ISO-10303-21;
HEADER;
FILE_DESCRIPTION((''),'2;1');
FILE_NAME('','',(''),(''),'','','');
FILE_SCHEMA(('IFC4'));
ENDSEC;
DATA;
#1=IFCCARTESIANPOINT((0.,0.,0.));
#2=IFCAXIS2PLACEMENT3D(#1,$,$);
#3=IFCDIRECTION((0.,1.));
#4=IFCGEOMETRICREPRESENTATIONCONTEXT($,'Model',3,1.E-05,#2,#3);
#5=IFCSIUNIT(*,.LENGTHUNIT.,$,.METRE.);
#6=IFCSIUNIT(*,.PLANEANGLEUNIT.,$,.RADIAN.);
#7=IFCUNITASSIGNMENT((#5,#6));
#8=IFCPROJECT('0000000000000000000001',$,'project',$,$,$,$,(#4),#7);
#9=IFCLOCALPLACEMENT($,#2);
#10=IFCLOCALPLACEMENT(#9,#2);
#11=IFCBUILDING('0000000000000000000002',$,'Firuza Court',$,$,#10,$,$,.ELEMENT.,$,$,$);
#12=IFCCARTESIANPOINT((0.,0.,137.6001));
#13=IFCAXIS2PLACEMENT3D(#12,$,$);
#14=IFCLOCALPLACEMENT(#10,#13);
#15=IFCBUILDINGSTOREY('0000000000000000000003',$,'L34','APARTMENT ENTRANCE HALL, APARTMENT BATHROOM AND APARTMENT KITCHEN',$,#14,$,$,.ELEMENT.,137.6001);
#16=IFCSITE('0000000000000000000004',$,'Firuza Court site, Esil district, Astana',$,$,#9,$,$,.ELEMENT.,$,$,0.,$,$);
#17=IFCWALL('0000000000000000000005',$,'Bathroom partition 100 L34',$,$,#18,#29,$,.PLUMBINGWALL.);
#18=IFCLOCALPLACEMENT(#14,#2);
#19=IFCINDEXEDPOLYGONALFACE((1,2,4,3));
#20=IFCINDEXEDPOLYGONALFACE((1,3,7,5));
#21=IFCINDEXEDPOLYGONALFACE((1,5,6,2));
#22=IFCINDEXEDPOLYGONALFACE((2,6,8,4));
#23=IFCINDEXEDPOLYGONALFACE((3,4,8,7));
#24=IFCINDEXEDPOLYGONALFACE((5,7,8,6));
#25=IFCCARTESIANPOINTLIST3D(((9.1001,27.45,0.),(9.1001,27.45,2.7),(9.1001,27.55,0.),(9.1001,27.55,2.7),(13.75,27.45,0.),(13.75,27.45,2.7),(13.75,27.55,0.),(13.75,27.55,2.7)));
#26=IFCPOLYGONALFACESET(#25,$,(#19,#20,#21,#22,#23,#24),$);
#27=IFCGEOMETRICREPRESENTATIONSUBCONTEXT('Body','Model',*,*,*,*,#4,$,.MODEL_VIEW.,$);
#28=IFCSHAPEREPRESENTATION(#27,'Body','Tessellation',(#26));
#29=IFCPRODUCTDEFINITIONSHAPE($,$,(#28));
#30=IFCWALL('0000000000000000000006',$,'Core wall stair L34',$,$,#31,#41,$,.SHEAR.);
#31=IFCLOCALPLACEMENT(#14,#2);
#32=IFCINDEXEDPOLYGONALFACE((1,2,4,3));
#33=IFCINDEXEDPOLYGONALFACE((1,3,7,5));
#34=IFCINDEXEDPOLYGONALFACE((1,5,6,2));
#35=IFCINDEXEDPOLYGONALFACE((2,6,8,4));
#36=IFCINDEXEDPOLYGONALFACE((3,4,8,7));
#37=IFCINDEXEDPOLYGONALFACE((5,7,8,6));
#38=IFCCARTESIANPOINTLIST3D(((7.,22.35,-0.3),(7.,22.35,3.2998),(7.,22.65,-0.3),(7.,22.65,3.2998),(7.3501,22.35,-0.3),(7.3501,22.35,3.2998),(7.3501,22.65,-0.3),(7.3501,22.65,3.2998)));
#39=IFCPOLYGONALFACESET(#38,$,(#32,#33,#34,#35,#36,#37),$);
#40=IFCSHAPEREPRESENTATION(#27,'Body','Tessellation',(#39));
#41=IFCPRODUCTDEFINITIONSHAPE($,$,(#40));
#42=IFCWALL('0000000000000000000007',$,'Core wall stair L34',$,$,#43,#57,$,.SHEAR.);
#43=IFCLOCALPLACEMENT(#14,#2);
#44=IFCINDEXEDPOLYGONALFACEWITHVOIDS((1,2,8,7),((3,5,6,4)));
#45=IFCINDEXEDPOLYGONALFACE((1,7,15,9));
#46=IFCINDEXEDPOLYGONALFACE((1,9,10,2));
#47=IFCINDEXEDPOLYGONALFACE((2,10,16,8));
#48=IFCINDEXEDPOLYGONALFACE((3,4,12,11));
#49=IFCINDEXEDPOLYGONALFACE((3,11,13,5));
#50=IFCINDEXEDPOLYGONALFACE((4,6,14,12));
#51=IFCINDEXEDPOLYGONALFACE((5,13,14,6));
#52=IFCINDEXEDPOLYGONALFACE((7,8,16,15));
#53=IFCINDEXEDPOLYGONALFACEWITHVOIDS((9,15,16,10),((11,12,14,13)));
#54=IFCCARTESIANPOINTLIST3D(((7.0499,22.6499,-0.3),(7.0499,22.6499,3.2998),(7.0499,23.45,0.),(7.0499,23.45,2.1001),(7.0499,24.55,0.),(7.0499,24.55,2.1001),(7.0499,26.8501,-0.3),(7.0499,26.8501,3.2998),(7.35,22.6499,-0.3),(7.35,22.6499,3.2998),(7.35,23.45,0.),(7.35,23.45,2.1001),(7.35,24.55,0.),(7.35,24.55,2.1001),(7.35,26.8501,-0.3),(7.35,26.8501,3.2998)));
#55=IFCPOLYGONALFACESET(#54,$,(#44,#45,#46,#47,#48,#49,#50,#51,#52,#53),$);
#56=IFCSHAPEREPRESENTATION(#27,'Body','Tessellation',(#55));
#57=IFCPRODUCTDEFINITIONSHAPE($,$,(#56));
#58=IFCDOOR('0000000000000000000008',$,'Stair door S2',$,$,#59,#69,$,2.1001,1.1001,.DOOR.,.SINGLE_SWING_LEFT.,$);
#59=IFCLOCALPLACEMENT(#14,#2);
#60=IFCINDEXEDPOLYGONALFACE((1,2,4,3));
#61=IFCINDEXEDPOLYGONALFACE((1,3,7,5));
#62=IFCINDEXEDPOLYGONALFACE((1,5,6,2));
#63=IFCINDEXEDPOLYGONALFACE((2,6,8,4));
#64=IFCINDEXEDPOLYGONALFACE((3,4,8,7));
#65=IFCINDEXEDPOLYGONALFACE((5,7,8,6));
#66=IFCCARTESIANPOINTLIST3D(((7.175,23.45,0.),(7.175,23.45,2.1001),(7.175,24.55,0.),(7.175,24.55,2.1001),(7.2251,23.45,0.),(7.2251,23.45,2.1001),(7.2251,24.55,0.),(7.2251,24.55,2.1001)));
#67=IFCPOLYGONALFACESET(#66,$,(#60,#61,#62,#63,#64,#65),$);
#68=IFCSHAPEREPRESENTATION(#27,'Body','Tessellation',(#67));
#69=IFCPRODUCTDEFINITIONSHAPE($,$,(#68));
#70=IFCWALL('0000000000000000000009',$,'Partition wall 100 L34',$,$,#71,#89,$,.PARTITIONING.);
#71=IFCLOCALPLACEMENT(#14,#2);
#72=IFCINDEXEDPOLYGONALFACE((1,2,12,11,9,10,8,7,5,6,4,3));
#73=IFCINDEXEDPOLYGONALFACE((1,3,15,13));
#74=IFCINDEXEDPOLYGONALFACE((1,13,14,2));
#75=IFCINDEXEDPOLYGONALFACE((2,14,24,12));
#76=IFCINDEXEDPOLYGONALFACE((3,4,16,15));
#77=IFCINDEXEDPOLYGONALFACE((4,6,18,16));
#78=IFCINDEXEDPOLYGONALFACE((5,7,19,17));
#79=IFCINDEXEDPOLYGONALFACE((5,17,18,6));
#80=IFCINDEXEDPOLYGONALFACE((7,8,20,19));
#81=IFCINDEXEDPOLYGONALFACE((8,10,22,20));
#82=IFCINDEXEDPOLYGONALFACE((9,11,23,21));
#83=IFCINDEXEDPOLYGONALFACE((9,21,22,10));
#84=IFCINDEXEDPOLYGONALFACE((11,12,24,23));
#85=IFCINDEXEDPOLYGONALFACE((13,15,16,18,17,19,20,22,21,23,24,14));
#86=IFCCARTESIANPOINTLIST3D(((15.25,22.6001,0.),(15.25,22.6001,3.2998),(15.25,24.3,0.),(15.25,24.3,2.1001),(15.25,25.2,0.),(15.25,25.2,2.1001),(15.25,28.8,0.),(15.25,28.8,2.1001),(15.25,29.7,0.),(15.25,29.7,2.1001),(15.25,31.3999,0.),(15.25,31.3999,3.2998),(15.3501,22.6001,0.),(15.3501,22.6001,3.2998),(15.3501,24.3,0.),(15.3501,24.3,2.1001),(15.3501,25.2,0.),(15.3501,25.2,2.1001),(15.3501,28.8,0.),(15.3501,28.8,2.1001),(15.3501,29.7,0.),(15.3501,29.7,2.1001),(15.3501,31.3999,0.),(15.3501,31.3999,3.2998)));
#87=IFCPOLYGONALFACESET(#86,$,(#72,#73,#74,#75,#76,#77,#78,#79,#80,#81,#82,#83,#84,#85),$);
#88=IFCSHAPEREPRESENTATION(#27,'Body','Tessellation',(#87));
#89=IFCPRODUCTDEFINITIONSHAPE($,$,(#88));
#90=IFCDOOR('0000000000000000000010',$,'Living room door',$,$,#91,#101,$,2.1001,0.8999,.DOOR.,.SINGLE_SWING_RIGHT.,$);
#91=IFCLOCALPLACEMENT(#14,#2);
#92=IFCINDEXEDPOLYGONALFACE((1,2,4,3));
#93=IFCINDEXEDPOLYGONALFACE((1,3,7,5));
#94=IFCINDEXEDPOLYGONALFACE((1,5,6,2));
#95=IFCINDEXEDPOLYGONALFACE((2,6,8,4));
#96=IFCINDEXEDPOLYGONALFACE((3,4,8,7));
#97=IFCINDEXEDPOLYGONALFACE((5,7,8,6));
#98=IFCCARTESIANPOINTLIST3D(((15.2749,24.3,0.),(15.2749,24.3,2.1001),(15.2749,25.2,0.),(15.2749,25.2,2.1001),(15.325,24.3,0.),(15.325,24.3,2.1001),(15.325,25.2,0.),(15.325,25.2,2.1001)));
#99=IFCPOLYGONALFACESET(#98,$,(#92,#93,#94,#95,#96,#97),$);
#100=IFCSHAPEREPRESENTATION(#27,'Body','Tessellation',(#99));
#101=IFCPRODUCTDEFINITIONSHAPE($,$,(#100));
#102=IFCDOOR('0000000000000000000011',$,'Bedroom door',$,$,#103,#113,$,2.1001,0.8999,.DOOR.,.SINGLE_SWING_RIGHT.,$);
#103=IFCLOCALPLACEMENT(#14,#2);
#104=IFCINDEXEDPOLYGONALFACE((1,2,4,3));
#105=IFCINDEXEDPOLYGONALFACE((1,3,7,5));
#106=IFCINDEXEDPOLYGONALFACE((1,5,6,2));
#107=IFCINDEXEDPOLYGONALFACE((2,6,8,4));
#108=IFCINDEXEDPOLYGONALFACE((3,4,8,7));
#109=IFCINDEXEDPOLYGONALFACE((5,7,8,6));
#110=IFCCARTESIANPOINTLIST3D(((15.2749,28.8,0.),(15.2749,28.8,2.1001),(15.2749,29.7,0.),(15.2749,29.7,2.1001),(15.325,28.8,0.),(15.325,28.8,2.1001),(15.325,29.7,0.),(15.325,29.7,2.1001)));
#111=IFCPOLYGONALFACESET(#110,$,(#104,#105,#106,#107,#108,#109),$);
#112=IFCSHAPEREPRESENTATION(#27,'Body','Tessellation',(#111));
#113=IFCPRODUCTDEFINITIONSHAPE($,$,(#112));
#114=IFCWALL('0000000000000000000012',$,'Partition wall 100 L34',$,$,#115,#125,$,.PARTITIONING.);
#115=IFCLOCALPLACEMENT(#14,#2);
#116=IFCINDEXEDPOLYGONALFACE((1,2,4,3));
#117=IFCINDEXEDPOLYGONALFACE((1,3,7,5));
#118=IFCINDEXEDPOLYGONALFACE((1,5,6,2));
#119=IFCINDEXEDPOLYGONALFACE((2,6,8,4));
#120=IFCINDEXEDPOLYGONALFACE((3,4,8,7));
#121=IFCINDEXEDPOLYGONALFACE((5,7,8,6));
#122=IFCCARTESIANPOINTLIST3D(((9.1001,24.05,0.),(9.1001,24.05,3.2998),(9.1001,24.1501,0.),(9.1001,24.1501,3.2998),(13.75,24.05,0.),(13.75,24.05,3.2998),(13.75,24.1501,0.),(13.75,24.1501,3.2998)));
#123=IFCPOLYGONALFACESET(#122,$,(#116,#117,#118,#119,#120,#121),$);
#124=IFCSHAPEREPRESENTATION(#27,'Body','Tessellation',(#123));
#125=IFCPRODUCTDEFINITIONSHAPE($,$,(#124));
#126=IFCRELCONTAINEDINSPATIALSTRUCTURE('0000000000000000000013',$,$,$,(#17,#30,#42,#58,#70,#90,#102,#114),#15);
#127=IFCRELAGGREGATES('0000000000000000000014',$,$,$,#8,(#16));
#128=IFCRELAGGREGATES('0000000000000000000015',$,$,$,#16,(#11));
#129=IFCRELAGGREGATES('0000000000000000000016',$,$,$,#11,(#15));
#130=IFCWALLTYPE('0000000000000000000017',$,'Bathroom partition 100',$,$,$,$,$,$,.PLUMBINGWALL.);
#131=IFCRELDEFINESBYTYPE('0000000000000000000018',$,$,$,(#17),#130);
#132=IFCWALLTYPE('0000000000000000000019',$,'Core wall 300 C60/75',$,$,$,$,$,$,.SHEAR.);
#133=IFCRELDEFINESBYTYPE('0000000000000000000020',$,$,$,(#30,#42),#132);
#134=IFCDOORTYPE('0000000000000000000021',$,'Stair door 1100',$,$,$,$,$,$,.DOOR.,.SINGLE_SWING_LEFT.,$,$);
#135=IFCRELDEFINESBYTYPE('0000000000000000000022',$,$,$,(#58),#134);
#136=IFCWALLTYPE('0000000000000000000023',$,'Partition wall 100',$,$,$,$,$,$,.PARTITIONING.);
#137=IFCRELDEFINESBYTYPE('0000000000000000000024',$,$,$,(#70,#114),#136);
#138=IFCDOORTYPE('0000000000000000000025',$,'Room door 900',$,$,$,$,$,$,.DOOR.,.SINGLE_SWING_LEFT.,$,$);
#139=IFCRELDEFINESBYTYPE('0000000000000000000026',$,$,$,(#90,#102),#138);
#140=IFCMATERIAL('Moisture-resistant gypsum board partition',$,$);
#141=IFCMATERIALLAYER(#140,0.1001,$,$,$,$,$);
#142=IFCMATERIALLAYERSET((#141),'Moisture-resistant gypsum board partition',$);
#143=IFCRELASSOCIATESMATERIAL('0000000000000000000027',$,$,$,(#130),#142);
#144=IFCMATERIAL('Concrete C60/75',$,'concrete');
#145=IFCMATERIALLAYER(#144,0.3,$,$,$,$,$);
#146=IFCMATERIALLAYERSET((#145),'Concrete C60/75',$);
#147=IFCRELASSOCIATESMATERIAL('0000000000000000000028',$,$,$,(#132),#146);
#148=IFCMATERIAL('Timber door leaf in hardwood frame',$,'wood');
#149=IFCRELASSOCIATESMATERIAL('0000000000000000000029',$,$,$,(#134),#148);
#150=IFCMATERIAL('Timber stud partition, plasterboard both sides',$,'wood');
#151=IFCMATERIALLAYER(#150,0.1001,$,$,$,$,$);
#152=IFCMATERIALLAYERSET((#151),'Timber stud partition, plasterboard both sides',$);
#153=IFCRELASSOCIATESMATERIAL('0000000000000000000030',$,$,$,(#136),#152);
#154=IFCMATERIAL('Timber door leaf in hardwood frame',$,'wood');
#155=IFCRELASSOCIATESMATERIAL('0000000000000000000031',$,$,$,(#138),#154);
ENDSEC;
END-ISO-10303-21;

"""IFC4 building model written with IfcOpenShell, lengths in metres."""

from ifc_helpers import new_model, si_unit, direction, frame, frame_2d, origin, place, context, subcontext, project, spatial, rectangle, extrude, material, layer, layer_set, type_object, element, fill, save


model = new_model("IFC4")

# Units and contexts
model_context = context("Model", 3, precision=1e-05, world=origin(), true_north=direction((0.0, 1.0)))
body_context = subcontext(model_context, "Body", "Model", "MODEL_VIEW")
ifc_project = project(units=[si_unit("LENGTHUNIT", "METRE"), si_unit("PLANEANGLEUNIT", "RADIAN")], contexts=[model_context])

# Site, building, storey
site_placement = place(None, origin())
site = spatial("IfcSite", under=ifc_project, at=site_placement, Name="Firuza Court site, Esil district, Astana", CompositionType="ELEMENT", RefElevation=0.0)
building_placement = place(site_placement, origin())
building = spatial("IfcBuilding", under=site, at=building_placement, Name="Firuza Court", CompositionType="ELEMENT")
storey_placement = place(building_placement, frame((0.0, 0.0, 137.6001)))
storey = spatial("IfcBuildingStorey", under=building, at=storey_placement, Name="L34", Description="APARTMENT ENTRANCE HALL, APARTMENT BATHROOM AND APARTMENT KITCHEN", CompositionType="ELEMENT", Elevation=137.6001)

# Walls
ifc_material_1 = material(Name="Moisture-resistant gypsum board partition")
ifc_layer_1 = layer(ifc_material_1, 0.1001)
ifc_layer_set_1 = layer_set([ifc_layer_1], Name="Moisture-resistant gypsum board partition")
wall_type_1 = type_object("IfcWallType", Name="Bathroom partition 100", PredefinedType="PLUMBINGWALL", material=ifc_layer_set_1)
wall_1_placement = place(storey_placement, frame((9.1001, 27.5, 0.0), z_axis=(0.0, 0.0, 1.0), x_axis=(1.0, 0.0, 0.0)))
element("IfcWall", 1, at=wall_1_placement, inside=storey, type_object=wall_type_1, Name="Bathroom partition 100 L34", PredefinedType="PLUMBINGWALL", context=body_context, shape_type="SweptSolid", body=[
    extrude(rectangle(XDim=4.6499, YDim=0.1001, at=frame_2d((2.325, 0.0))), origin(), (0.0, 0.0, 1.0), 2.7),
])
ifc_material_2 = material(Name="Concrete C60/75", Category="concrete")
ifc_layer_2 = layer(ifc_material_2, 0.3)
ifc_layer_set_2 = layer_set([ifc_layer_2], Name="Concrete C60/75")
wall_type_2 = type_object("IfcWallType", Name="Core wall 300 C60/75", PredefinedType="SHEAR", material=ifc_layer_set_2)
wall_2_placement = place(storey_placement, frame((7.0, 22.5, -0.3), z_axis=(0.0, 0.0, 1.0), x_axis=(1.0, 0.0, 0.0)))
element("IfcWall", 2, at=wall_2_placement, inside=storey, type_object=wall_type_2, Name="Core wall stair L34", PredefinedType="SHEAR", context=body_context, shape_type="SweptSolid", body=[
    extrude(rectangle(XDim=0.3501, YDim=0.3, at=frame_2d((0.175, 0.0))), origin(), (0.0, 0.0, 1.0), 3.5999),
])

# Wall, opening, door
wall_3_placement = place(storey_placement, frame((7.2, 22.6499, -0.3), z_axis=(0.0, 0.0, 1.0), x_axis=(0.0, 1.0, 0.0)))
wall_3 = element("IfcWall", 3, at=wall_3_placement, inside=storey, type_object=wall_type_2, Name="Core wall stair L34", PredefinedType="SHEAR", context=body_context, shape_type="SweptSolid", body=[
    extrude(rectangle(XDim=4.2002, YDim=0.3, at=frame_2d((2.1001, 0.0))), origin(), (0.0, 0.0, 1.0), 3.5999),
])
opening_1_placement = place(wall_3_placement, frame((0.8, 0.0, 0.3)))
opening_1 = element("IfcOpeningElement", 4, at=opening_1_placement, cuts=wall_3, PredefinedType="OPENING", context=body_context, shape_type="SweptSolid", body=[
    extrude(rectangle(XDim=1.1001, YDim=2.1001, at=frame_2d((0.55, 1.05))), frame((0.0, 0.1621, 0.0), z_axis=(0.0, -1.0, 0.0), x_axis=(1.0, 0.0, 0.0)), (0.0, 0.0, 1.0), 0.324),
])
ifc_material_3 = material(Name="Timber door leaf in hardwood frame", Category="wood")
door_type_1 = type_object("IfcDoorType", Name="Stair door 1100", OperationType="SINGLE_SWING_LEFT", PredefinedType="DOOR", material=ifc_material_3)
door_1_placement = place(opening_1_placement, origin())
door_1 = element("IfcDoor", 5, at=door_1_placement, inside=storey, type_object=door_type_1, Name="Stair door S2", OperationType="SINGLE_SWING_LEFT", OverallHeight=2.1001, OverallWidth=1.1001, PredefinedType="DOOR", context=body_context, shape_type="SweptSolid", body=[
    extrude(rectangle(XDim=1.1001, YDim=2.1001, at=frame_2d((0.55, 1.05))), frame((0.0, 0.0249, 0.0), z_axis=(0.0, -1.0, 0.0), x_axis=(1.0, 0.0, 0.0)), (0.0, 0.0, 1.0), 0.05),
])
fill(opening_1, door_1)

# Wall, openings, doors
ifc_material_4 = material(Name="Timber stud partition, plasterboard both sides", Category="wood")
ifc_layer_3 = layer(ifc_material_4, 0.1001)
ifc_layer_set_3 = layer_set([ifc_layer_3], Name="Timber stud partition, plasterboard both sides")
wall_type_3 = type_object("IfcWallType", Name="Partition wall 100", PredefinedType="PARTITIONING", material=ifc_layer_set_3)
wall_4_placement = place(storey_placement, frame((15.3, 22.6001, 0.0), z_axis=(0.0, 0.0, 1.0), x_axis=(0.0, 1.0, 0.0)))
wall_4 = element("IfcWall", 6, at=wall_4_placement, inside=storey, type_object=wall_type_3, Name="Partition wall 100 L34", PredefinedType="PARTITIONING", context=body_context, shape_type="SweptSolid", body=[
    extrude(rectangle(XDim=8.7998, YDim=0.1001, at=frame_2d((4.3999, 0.0))), origin(), (0.0, 0.0, 1.0), 3.2998),
])
opening_2_placement = place(wall_4_placement, frame((1.7, 0.0, 0.0)))
opening_2 = element("IfcOpeningElement", 7, at=opening_2_placement, cuts=wall_4, PredefinedType="OPENING", context=body_context, shape_type="SweptSolid", body=[
    extrude(rectangle(XDim=0.8999, YDim=2.1001, at=frame_2d((0.45, 1.05))), frame((0.0, 0.062, 0.0), z_axis=(0.0, -1.0, 0.0), x_axis=(1.0, 0.0, 0.0)), (0.0, 0.0, 1.0), 0.124),
])
opening_3_placement = place(wall_4_placement, frame((6.2, 0.0, 0.0)))
opening_3 = element("IfcOpeningElement", 8, at=opening_3_placement, cuts=wall_4, PredefinedType="OPENING", context=body_context, shape_type="SweptSolid", body=[
    extrude(rectangle(XDim=0.8999, YDim=2.1001, at=frame_2d((0.45, 1.05))), frame((0.0, 0.062, 0.0), z_axis=(0.0, -1.0, 0.0), x_axis=(1.0, 0.0, 0.0)), (0.0, 0.0, 1.0), 0.124),
])
ifc_material_5 = material(Name="Timber door leaf in hardwood frame", Category="wood")
door_type_2 = type_object("IfcDoorType", Name="Room door 900", OperationType="SINGLE_SWING_LEFT", PredefinedType="DOOR", material=ifc_material_5)
door_2_placement = place(opening_2_placement, frame((0.8999, 0.0, 0.0), z_axis=(0.0, 0.0, 1.0), x_axis=(-1.0, 0.0, 0.0)))
door_2 = element("IfcDoor", 9, at=door_2_placement, inside=storey, type_object=door_type_2, Name="Living room door", OperationType="SINGLE_SWING_RIGHT", OverallHeight=2.1001, OverallWidth=0.8999, PredefinedType="DOOR", context=body_context, shape_type="SweptSolid", body=[
    extrude(rectangle(XDim=0.8999, YDim=2.1001, at=frame_2d((0.45, 1.05))), frame((0.0, 0.0249, 0.0), z_axis=(0.0, -1.0, 0.0), x_axis=(1.0, 0.0, 0.0)), (0.0, 0.0, 1.0), 0.05),
])
fill(opening_2, door_2)
door_3_placement = place(opening_3_placement, frame((0.8999, 0.0, 0.0), z_axis=(0.0, 0.0, 1.0), x_axis=(-1.0, 0.0, 0.0)))
door_3 = element("IfcDoor", 10, at=door_3_placement, inside=storey, type_object=door_type_2, Name="Bedroom door", OperationType="SINGLE_SWING_RIGHT", OverallHeight=2.1001, OverallWidth=0.8999, PredefinedType="DOOR", context=body_context, shape_type="SweptSolid", body=[
    extrude(rectangle(XDim=0.8999, YDim=2.1001, at=frame_2d((0.45, 1.05))), frame((0.0, 0.0249, 0.0), z_axis=(0.0, -1.0, 0.0), x_axis=(1.0, 0.0, 0.0)), (0.0, 0.0, 1.0), 0.05),
])
fill(opening_3, door_3)

# Wall
wall_5_placement = place(storey_placement, frame((9.1001, 24.1001, 0.0), z_axis=(0.0, 0.0, 1.0), x_axis=(1.0, 0.0, 0.0)))
element("IfcWall", 11, at=wall_5_placement, inside=storey, type_object=wall_type_3, Name="Partition wall 100 L34", PredefinedType="PARTITIONING", context=body_context, shape_type="SweptSolid", body=[
    extrude(rectangle(XDim=4.6499, YDim=0.1001, at=frame_2d((2.325, 0.0))), origin(), (0.0, 0.0, 1.0), 3.2998),
])

save(model, "model.ifc")
